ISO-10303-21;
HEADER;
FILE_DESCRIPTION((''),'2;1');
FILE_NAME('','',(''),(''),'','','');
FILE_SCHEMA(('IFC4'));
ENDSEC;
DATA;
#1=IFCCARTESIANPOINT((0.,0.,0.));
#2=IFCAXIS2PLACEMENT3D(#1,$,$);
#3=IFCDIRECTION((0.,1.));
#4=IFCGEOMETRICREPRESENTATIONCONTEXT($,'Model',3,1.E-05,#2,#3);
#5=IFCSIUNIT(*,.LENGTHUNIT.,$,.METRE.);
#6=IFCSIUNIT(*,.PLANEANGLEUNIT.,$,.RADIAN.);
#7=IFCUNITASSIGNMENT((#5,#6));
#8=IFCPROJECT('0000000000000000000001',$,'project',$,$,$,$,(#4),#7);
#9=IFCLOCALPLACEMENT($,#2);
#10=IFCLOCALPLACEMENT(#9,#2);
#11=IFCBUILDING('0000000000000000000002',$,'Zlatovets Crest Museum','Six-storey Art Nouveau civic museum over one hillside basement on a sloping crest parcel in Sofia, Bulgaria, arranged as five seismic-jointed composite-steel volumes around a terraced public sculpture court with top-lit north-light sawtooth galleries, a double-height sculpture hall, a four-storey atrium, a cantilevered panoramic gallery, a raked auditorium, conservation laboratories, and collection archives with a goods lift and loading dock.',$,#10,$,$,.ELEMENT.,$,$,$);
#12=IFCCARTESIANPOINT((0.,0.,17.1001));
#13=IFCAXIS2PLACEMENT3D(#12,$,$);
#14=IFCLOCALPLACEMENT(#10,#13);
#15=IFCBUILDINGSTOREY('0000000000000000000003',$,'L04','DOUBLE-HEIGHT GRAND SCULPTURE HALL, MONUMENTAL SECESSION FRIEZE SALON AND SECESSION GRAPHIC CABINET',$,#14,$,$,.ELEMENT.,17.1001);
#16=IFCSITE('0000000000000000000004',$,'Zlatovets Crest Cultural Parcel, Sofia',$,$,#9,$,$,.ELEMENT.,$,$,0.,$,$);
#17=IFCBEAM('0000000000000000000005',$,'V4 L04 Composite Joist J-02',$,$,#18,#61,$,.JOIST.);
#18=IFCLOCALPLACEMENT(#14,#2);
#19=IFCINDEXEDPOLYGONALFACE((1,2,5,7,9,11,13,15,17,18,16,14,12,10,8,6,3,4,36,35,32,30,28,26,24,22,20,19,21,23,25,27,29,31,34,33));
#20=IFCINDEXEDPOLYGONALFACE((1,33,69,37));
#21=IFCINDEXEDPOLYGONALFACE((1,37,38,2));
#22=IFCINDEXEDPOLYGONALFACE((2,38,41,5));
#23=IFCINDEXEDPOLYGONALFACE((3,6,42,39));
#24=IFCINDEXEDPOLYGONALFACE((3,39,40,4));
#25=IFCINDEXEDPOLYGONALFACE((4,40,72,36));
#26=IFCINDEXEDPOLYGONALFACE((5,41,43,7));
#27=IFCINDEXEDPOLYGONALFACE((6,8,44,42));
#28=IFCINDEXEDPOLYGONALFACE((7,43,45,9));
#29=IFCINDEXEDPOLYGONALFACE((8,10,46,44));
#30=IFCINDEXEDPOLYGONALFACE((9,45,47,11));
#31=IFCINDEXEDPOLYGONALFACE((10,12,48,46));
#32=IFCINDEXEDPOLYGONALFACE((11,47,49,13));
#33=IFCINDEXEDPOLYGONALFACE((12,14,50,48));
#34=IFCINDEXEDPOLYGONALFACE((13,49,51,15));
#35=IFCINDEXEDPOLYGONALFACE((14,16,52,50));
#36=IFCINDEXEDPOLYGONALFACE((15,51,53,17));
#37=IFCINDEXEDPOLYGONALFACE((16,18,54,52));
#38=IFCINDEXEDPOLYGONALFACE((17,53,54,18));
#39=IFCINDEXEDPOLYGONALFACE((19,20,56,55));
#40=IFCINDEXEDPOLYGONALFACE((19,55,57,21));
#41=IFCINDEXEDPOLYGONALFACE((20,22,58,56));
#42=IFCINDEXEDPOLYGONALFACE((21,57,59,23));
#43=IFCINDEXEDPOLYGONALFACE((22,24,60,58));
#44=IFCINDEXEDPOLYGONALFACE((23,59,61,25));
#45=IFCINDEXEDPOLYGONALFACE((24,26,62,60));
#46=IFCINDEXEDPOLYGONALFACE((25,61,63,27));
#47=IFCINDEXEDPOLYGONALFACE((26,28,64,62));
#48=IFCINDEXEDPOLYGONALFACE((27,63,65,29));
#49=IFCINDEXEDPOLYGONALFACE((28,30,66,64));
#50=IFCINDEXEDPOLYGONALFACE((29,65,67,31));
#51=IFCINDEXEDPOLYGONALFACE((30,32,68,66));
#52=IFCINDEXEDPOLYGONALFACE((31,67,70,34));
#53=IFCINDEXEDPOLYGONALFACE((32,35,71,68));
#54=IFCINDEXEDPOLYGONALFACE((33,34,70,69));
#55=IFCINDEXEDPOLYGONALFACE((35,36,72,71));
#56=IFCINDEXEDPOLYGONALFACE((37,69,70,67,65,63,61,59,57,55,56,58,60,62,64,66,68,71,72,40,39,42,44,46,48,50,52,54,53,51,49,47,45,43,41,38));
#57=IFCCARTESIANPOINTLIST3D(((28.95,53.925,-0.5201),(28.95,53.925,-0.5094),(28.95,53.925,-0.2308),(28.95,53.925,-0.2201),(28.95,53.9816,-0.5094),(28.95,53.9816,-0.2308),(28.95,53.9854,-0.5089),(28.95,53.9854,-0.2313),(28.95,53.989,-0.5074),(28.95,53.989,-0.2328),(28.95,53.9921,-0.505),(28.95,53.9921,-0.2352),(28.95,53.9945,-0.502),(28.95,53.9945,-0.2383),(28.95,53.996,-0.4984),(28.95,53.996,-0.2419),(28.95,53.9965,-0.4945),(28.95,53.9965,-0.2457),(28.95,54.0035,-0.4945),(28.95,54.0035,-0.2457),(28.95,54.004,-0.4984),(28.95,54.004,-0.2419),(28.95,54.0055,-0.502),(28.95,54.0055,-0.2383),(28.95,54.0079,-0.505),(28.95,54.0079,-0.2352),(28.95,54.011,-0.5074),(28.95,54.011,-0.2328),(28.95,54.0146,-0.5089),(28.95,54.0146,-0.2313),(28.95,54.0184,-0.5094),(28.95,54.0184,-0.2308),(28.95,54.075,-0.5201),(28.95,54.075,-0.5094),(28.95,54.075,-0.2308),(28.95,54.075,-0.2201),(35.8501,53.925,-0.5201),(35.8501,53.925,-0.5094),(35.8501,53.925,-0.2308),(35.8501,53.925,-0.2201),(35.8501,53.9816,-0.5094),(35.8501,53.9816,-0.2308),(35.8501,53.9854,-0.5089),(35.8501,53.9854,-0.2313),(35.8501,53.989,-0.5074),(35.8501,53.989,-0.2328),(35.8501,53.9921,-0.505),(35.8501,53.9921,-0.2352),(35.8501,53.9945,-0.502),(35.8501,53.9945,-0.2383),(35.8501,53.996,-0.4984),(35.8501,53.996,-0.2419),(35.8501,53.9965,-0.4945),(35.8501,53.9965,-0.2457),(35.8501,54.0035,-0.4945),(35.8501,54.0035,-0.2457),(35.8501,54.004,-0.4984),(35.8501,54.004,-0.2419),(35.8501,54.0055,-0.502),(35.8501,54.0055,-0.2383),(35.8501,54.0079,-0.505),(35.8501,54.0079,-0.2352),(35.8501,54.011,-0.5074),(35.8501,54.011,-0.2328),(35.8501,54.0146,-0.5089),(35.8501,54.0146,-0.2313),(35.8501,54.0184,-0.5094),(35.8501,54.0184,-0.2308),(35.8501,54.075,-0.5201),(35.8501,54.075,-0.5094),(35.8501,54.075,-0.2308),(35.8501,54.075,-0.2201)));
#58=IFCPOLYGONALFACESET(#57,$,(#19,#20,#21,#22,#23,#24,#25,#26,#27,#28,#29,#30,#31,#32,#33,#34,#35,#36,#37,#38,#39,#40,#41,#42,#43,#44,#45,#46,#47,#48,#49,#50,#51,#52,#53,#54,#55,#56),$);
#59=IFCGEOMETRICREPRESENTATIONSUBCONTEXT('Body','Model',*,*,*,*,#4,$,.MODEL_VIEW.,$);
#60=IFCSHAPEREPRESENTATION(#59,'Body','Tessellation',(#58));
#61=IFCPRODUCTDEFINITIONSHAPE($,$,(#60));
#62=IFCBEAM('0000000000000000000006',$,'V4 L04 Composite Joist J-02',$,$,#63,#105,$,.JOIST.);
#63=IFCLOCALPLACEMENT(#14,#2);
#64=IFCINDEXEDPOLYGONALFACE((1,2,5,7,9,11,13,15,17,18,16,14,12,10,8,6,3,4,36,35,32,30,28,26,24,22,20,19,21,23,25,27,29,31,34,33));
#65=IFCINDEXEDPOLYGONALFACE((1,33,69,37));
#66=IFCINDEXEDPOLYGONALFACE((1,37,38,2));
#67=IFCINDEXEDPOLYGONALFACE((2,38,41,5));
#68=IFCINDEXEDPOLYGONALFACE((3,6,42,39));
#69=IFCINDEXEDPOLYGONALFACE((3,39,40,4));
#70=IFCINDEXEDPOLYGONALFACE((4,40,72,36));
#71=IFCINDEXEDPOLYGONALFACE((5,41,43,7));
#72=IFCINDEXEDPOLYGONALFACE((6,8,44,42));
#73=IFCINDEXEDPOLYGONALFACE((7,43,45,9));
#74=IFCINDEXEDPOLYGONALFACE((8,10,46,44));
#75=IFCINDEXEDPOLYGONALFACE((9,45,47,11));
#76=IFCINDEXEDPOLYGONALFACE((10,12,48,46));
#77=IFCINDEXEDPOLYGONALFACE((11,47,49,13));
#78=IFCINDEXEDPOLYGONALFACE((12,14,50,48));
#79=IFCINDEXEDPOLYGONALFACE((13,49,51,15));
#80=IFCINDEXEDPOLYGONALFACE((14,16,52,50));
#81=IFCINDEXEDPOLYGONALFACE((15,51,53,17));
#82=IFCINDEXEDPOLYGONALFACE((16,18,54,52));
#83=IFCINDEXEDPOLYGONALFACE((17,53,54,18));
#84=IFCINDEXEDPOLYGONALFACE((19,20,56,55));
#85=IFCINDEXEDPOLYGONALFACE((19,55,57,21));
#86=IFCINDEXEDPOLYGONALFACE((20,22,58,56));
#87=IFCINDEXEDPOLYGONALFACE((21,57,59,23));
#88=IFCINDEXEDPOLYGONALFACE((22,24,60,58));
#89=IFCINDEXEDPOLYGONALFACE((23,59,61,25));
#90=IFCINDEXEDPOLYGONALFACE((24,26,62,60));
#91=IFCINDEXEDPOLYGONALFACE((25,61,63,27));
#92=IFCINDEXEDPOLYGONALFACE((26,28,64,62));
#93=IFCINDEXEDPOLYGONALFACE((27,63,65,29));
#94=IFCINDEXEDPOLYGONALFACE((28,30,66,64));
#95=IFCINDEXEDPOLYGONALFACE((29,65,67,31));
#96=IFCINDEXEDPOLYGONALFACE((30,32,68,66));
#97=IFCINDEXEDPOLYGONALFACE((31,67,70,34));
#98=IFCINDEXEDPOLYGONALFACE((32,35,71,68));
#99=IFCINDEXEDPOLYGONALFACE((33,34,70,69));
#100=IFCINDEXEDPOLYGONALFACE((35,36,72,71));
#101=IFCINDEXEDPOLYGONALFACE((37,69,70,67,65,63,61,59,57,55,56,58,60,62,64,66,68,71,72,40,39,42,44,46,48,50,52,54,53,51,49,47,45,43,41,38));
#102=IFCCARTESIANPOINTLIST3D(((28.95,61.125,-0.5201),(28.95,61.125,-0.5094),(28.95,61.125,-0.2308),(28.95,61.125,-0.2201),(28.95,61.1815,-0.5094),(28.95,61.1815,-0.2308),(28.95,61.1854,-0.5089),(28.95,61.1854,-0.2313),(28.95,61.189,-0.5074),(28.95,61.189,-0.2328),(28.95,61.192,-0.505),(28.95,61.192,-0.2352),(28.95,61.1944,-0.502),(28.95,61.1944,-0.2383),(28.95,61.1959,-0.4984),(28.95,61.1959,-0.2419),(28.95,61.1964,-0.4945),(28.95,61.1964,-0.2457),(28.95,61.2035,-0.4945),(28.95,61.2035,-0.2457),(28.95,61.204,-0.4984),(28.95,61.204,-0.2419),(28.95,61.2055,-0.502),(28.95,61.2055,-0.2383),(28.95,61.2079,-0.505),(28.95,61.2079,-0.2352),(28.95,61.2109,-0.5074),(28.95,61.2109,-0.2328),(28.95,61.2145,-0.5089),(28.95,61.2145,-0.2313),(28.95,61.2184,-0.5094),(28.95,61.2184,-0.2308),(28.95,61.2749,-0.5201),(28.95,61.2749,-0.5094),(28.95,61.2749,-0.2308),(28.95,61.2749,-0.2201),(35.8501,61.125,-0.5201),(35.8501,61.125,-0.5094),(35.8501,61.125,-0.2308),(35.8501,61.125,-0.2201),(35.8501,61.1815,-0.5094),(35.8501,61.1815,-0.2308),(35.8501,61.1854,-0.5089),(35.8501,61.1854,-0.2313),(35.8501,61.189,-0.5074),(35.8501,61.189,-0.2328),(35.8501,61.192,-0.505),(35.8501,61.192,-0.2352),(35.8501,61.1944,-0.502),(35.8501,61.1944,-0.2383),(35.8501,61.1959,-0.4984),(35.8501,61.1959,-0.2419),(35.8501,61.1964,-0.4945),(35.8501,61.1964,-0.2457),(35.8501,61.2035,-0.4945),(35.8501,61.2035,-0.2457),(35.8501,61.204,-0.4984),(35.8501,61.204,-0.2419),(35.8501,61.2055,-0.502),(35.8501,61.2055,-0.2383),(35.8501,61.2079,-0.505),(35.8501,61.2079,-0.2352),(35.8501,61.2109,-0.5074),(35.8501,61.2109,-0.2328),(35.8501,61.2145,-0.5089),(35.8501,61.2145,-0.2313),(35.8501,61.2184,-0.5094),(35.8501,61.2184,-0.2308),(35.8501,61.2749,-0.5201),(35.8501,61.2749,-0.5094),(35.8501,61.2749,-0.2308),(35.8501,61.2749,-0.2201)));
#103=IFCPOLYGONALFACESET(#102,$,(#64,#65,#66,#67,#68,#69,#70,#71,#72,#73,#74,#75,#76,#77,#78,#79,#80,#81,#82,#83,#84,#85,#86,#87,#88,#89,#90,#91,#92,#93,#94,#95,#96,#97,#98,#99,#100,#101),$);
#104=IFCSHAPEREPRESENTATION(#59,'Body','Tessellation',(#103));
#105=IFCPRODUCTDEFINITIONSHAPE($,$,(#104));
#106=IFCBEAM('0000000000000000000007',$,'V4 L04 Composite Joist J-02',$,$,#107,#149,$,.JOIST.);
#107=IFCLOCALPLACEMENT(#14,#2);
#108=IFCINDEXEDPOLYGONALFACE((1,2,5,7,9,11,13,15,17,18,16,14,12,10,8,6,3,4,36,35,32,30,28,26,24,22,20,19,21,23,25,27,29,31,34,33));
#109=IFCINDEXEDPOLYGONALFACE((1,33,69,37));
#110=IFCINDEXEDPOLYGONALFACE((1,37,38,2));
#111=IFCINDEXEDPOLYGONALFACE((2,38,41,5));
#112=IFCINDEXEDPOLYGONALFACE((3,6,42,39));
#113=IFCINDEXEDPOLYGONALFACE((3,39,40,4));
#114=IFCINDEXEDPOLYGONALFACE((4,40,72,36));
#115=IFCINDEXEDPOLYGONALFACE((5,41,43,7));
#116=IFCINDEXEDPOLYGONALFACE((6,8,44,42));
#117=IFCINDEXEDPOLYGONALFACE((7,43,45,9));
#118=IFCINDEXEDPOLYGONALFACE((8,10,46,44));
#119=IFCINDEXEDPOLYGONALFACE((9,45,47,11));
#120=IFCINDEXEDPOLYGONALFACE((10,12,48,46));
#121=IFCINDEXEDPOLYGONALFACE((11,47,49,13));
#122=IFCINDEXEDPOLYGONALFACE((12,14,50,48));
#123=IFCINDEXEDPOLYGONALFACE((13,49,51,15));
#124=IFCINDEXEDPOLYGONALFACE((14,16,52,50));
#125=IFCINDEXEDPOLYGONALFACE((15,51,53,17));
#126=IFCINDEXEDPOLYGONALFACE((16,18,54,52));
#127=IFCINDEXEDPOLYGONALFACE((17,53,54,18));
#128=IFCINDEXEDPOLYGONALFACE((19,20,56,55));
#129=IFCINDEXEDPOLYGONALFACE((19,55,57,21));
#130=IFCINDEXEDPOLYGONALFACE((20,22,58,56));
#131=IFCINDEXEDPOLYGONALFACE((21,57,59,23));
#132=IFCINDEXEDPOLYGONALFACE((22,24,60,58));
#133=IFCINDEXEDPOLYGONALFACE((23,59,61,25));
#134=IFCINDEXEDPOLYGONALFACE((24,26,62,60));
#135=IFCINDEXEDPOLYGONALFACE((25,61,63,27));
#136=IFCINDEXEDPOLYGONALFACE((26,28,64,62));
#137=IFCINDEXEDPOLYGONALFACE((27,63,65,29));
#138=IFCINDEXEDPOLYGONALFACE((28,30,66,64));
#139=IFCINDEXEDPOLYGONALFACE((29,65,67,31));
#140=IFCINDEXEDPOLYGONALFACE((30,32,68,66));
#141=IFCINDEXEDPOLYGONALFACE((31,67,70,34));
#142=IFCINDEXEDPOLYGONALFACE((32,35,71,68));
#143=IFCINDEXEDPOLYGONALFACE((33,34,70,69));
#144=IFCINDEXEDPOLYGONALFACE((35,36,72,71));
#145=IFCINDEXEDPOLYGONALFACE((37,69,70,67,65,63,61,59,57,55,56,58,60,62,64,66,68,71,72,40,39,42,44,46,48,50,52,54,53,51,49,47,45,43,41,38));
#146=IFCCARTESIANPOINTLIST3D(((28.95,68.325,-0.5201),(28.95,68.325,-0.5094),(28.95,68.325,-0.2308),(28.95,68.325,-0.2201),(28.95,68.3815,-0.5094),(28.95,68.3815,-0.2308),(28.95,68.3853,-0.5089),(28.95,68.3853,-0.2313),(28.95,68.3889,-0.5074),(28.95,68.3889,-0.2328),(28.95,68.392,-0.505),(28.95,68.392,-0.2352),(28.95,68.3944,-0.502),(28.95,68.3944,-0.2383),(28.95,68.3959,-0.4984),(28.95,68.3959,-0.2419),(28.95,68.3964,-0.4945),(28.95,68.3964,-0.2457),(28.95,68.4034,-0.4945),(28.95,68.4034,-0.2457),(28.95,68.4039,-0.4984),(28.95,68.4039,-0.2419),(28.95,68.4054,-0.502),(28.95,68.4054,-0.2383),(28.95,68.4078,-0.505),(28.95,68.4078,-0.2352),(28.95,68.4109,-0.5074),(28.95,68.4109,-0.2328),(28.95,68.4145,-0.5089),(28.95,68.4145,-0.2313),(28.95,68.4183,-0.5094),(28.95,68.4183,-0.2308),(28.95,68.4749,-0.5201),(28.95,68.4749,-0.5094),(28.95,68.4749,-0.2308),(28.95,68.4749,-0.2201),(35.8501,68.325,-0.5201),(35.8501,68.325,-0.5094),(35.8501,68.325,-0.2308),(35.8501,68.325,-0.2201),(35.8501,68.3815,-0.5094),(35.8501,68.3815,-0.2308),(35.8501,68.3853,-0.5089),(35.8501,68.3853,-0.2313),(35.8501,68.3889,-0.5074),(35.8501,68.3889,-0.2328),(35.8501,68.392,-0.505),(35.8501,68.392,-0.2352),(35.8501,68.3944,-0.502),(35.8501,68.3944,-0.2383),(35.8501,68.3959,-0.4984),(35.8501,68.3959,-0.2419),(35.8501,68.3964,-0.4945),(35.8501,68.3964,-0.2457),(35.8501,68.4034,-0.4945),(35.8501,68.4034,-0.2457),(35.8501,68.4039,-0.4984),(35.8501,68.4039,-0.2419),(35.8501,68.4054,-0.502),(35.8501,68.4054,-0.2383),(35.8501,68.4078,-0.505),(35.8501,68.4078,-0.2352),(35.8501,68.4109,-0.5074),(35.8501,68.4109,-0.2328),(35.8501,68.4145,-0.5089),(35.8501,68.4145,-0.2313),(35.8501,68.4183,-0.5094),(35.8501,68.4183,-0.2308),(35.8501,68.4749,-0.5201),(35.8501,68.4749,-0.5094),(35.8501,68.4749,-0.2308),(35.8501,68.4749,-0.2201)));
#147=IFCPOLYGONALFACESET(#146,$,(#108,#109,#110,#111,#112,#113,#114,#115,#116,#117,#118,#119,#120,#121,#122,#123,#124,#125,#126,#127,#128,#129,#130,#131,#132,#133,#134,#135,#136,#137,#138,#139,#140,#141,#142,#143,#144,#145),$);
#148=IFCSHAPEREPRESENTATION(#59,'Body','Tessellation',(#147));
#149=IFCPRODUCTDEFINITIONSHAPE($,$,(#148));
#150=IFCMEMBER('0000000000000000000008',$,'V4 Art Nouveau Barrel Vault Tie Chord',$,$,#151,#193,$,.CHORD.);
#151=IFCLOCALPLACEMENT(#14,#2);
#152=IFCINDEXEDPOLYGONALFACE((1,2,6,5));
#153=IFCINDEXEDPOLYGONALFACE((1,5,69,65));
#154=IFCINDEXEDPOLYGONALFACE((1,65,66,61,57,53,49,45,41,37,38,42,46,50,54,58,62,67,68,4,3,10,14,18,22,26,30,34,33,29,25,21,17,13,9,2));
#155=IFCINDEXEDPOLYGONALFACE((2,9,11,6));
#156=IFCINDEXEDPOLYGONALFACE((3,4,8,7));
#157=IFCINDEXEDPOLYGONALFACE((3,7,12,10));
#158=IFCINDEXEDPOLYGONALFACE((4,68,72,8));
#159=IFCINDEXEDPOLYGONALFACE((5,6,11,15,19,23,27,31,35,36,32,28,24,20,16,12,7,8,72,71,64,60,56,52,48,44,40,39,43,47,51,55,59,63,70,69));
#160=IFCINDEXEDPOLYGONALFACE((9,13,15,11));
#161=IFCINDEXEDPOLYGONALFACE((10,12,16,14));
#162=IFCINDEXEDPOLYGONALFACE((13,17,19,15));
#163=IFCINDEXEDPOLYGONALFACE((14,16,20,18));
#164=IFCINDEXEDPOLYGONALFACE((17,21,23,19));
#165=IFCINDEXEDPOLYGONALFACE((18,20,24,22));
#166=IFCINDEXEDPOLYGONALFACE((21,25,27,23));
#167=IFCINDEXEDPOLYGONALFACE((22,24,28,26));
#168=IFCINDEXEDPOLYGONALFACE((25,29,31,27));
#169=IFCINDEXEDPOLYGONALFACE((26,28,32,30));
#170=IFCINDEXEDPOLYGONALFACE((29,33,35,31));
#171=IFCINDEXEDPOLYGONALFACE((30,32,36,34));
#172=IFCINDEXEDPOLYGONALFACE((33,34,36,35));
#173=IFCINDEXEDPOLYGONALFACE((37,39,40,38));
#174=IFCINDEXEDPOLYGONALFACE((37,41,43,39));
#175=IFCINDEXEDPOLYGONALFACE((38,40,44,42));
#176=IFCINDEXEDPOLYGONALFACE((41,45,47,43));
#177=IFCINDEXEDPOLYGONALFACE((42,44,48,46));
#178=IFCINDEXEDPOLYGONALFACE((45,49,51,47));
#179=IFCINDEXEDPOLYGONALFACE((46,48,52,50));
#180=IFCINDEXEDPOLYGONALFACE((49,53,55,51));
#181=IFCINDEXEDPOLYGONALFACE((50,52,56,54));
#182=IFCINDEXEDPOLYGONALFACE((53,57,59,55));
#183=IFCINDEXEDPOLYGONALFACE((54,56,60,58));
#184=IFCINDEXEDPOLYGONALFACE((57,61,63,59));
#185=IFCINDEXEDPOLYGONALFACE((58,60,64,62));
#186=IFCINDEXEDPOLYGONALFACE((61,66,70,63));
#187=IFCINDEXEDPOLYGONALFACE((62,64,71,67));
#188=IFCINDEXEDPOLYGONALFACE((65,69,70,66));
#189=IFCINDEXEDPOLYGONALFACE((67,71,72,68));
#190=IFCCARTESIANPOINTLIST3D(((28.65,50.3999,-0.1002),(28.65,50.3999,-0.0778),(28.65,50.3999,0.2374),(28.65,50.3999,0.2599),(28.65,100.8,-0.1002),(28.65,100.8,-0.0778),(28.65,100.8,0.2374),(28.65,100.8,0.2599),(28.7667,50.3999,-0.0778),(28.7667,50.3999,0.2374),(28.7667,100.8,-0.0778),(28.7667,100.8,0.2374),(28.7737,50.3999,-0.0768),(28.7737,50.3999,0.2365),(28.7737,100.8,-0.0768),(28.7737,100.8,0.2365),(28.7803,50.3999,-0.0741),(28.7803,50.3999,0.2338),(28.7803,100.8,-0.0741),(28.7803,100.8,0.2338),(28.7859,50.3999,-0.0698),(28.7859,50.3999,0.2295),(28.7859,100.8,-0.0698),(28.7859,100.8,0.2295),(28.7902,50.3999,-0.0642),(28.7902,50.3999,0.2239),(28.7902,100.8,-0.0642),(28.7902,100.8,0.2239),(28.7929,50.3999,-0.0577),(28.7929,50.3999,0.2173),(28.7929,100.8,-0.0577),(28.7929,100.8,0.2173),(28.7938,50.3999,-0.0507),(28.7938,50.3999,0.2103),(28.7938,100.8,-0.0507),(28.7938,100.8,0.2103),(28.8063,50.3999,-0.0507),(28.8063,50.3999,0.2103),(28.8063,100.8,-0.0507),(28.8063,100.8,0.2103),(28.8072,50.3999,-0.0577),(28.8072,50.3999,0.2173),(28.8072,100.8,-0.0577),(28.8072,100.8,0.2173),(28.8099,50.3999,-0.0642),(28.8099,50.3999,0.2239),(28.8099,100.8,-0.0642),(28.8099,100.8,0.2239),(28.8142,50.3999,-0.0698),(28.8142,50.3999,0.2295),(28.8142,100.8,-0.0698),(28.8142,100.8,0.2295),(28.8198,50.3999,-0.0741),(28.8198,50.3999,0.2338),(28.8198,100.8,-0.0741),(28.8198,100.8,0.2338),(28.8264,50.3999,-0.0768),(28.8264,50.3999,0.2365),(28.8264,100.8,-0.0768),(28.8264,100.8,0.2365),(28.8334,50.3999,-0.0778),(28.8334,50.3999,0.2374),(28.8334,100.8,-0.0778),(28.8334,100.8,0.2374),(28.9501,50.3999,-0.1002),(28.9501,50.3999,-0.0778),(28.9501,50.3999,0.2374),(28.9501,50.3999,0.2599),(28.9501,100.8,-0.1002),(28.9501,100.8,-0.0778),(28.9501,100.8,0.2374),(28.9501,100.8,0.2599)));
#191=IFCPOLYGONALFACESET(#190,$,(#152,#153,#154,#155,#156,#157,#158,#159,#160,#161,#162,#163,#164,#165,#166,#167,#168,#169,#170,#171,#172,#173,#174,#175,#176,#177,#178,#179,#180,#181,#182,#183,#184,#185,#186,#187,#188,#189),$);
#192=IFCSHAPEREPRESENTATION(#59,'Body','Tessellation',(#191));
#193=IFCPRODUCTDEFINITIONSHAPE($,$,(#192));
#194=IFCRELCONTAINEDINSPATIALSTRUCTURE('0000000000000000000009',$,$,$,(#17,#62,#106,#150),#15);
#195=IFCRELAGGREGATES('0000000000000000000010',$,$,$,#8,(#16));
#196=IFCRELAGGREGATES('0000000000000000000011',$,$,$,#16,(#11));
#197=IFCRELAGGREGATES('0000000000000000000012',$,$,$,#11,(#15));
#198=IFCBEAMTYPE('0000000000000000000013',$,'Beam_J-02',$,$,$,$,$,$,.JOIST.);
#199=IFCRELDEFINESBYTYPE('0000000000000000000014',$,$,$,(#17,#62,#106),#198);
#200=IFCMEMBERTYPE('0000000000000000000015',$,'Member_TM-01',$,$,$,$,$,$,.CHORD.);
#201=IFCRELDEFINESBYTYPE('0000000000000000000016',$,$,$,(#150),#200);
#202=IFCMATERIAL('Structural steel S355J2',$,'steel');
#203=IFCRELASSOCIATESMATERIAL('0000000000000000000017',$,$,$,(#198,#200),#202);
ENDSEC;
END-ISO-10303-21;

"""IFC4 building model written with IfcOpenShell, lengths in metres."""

from ifc_helpers import new_model, si_unit, direction, frame, origin, origin_2d, place, context, subcontext, project, spatial, i_section, extrude, material, material_profile, profile_set, type_object, element, save


model = new_model("IFC4")

# Units and contexts
model_context = context("Model", 3, precision=1e-05, world=origin(), true_north=direction((0.0, 1.0)))
body_context = subcontext(model_context, "Body", "Model", "MODEL_VIEW")
ifc_project = project(units=[si_unit("LENGTHUNIT", "METRE"), si_unit("PLANEANGLEUNIT", "RADIAN")], contexts=[model_context])

# Site, building, storey
site_placement = place(None, origin())
site = spatial("IfcSite", under=ifc_project, at=site_placement, Name="Zlatovets Crest Cultural Parcel, Sofia", CompositionType="ELEMENT", RefElevation=0.0)
building_placement = place(site_placement, origin())
building = spatial("IfcBuilding", under=site, at=building_placement, Name="Zlatovets Crest Museum", Description="Six-storey Art Nouveau civic museum over one hillside basement on a sloping crest parcel in Sofia, Bulgaria, arranged as five seismic-jointed composite-steel volumes around a terraced public sculpture court with top-lit north-light sawtooth galleries, a double-height sculpture hall, a four-storey atrium, a cantilevered panoramic gallery, a raked auditorium, conservation laboratories, and collection archives with a goods lift and loading dock.", CompositionType="ELEMENT")
storey_placement = place(building_placement, frame((0.0, 0.0, 17.1001)))
storey = spatial("IfcBuildingStorey", under=building, at=storey_placement, Name="L04", Description="DOUBLE-HEIGHT GRAND SCULPTURE HALL, MONUMENTAL SECESSION FRIEZE SALON AND SECESSION GRAPHIC CABINET", CompositionType="ELEMENT", Elevation=17.1001)

# Beams
ifc_material_1 = material(Name="Structural steel S355J2", Category="steel")
ifc_material_profile_1 = material_profile(ifc_material_1, i_section(OverallWidth=0.1499, OverallDepth=0.3, WebThickness=0.0071, FlangeThickness=0.0107, FilletRadius=0.0149, at=origin_2d()), Name="IPE 300")
ifc_profile_set_1 = profile_set([ifc_material_profile_1], Name="Structural steel S355J2")
beam_type_1 = type_object("IfcBeamType", Name="Beam_J-02", PredefinedType="JOIST", material=ifc_profile_set_1)
for number, where, z_axis, x_axis, name in (
    (1, (28.95, 54.0, -0.3701), (1.0, 0.0, 0.0), (0.0, 1.0, 0.0), "V4 L04 Composite Joist J-02"),
    (2, (28.95, 61.2, -0.3701), (1.0, 0.0, 0.0), (0.0, 1.0, 0.0), "V4 L04 Composite Joist J-02"),
    (3, (28.95, 68.3999, -0.3701), (1.0, 0.0, 0.0), (0.0, 1.0, 0.0), "V4 L04 Composite Joist J-02"),
):
    element("IfcBeam", number, at=place(storey_placement, frame(where, z_axis=z_axis, x_axis=x_axis)), inside=storey, type_object=beam_type_1, Name=name, PredefinedType="JOIST", context=body_context, shape_type="SweptSolid", body=[
        extrude(i_section(OverallWidth=0.1499, OverallDepth=0.3, WebThickness=0.0071, FlangeThickness=0.0107, FilletRadius=0.0149, at=origin_2d()), origin(), (0.0, 0.0, 1.0), 6.9001),
    ])

# Member
ifc_material_profile_2 = material_profile(ifc_material_1, i_section(OverallWidth=0.3, OverallDepth=0.3601, WebThickness=0.0125, FlangeThickness=0.0225, FilletRadius=0.0271, at=origin_2d()), Name="HEB 360")
ifc_profile_set_2 = profile_set([ifc_material_profile_2], Name="Structural steel S355J2")
member_type_1 = type_object("IfcMemberType", Name="Member_TM-01", PredefinedType="CHORD", material=ifc_profile_set_2)
member_1_placement = place(storey_placement, frame((28.8, 50.3999, 0.0798), z_axis=(0.0, 1.0, 0.0), x_axis=(-1.0, 0.0, 0.0)))
element("IfcMember", 4, at=member_1_placement, inside=storey, type_object=member_type_1, Name="V4 Art Nouveau Barrel Vault Tie Chord", PredefinedType="CHORD", context=body_context, shape_type="SweptSolid", body=[
    extrude(i_section(OverallWidth=0.3, OverallDepth=0.3601, WebThickness=0.0125, FlangeThickness=0.0225, FilletRadius=0.0271, at=origin_2d()), origin(), (0.0, 0.0, 1.0), 50.4001),
])

save(model, "model.ifc")
